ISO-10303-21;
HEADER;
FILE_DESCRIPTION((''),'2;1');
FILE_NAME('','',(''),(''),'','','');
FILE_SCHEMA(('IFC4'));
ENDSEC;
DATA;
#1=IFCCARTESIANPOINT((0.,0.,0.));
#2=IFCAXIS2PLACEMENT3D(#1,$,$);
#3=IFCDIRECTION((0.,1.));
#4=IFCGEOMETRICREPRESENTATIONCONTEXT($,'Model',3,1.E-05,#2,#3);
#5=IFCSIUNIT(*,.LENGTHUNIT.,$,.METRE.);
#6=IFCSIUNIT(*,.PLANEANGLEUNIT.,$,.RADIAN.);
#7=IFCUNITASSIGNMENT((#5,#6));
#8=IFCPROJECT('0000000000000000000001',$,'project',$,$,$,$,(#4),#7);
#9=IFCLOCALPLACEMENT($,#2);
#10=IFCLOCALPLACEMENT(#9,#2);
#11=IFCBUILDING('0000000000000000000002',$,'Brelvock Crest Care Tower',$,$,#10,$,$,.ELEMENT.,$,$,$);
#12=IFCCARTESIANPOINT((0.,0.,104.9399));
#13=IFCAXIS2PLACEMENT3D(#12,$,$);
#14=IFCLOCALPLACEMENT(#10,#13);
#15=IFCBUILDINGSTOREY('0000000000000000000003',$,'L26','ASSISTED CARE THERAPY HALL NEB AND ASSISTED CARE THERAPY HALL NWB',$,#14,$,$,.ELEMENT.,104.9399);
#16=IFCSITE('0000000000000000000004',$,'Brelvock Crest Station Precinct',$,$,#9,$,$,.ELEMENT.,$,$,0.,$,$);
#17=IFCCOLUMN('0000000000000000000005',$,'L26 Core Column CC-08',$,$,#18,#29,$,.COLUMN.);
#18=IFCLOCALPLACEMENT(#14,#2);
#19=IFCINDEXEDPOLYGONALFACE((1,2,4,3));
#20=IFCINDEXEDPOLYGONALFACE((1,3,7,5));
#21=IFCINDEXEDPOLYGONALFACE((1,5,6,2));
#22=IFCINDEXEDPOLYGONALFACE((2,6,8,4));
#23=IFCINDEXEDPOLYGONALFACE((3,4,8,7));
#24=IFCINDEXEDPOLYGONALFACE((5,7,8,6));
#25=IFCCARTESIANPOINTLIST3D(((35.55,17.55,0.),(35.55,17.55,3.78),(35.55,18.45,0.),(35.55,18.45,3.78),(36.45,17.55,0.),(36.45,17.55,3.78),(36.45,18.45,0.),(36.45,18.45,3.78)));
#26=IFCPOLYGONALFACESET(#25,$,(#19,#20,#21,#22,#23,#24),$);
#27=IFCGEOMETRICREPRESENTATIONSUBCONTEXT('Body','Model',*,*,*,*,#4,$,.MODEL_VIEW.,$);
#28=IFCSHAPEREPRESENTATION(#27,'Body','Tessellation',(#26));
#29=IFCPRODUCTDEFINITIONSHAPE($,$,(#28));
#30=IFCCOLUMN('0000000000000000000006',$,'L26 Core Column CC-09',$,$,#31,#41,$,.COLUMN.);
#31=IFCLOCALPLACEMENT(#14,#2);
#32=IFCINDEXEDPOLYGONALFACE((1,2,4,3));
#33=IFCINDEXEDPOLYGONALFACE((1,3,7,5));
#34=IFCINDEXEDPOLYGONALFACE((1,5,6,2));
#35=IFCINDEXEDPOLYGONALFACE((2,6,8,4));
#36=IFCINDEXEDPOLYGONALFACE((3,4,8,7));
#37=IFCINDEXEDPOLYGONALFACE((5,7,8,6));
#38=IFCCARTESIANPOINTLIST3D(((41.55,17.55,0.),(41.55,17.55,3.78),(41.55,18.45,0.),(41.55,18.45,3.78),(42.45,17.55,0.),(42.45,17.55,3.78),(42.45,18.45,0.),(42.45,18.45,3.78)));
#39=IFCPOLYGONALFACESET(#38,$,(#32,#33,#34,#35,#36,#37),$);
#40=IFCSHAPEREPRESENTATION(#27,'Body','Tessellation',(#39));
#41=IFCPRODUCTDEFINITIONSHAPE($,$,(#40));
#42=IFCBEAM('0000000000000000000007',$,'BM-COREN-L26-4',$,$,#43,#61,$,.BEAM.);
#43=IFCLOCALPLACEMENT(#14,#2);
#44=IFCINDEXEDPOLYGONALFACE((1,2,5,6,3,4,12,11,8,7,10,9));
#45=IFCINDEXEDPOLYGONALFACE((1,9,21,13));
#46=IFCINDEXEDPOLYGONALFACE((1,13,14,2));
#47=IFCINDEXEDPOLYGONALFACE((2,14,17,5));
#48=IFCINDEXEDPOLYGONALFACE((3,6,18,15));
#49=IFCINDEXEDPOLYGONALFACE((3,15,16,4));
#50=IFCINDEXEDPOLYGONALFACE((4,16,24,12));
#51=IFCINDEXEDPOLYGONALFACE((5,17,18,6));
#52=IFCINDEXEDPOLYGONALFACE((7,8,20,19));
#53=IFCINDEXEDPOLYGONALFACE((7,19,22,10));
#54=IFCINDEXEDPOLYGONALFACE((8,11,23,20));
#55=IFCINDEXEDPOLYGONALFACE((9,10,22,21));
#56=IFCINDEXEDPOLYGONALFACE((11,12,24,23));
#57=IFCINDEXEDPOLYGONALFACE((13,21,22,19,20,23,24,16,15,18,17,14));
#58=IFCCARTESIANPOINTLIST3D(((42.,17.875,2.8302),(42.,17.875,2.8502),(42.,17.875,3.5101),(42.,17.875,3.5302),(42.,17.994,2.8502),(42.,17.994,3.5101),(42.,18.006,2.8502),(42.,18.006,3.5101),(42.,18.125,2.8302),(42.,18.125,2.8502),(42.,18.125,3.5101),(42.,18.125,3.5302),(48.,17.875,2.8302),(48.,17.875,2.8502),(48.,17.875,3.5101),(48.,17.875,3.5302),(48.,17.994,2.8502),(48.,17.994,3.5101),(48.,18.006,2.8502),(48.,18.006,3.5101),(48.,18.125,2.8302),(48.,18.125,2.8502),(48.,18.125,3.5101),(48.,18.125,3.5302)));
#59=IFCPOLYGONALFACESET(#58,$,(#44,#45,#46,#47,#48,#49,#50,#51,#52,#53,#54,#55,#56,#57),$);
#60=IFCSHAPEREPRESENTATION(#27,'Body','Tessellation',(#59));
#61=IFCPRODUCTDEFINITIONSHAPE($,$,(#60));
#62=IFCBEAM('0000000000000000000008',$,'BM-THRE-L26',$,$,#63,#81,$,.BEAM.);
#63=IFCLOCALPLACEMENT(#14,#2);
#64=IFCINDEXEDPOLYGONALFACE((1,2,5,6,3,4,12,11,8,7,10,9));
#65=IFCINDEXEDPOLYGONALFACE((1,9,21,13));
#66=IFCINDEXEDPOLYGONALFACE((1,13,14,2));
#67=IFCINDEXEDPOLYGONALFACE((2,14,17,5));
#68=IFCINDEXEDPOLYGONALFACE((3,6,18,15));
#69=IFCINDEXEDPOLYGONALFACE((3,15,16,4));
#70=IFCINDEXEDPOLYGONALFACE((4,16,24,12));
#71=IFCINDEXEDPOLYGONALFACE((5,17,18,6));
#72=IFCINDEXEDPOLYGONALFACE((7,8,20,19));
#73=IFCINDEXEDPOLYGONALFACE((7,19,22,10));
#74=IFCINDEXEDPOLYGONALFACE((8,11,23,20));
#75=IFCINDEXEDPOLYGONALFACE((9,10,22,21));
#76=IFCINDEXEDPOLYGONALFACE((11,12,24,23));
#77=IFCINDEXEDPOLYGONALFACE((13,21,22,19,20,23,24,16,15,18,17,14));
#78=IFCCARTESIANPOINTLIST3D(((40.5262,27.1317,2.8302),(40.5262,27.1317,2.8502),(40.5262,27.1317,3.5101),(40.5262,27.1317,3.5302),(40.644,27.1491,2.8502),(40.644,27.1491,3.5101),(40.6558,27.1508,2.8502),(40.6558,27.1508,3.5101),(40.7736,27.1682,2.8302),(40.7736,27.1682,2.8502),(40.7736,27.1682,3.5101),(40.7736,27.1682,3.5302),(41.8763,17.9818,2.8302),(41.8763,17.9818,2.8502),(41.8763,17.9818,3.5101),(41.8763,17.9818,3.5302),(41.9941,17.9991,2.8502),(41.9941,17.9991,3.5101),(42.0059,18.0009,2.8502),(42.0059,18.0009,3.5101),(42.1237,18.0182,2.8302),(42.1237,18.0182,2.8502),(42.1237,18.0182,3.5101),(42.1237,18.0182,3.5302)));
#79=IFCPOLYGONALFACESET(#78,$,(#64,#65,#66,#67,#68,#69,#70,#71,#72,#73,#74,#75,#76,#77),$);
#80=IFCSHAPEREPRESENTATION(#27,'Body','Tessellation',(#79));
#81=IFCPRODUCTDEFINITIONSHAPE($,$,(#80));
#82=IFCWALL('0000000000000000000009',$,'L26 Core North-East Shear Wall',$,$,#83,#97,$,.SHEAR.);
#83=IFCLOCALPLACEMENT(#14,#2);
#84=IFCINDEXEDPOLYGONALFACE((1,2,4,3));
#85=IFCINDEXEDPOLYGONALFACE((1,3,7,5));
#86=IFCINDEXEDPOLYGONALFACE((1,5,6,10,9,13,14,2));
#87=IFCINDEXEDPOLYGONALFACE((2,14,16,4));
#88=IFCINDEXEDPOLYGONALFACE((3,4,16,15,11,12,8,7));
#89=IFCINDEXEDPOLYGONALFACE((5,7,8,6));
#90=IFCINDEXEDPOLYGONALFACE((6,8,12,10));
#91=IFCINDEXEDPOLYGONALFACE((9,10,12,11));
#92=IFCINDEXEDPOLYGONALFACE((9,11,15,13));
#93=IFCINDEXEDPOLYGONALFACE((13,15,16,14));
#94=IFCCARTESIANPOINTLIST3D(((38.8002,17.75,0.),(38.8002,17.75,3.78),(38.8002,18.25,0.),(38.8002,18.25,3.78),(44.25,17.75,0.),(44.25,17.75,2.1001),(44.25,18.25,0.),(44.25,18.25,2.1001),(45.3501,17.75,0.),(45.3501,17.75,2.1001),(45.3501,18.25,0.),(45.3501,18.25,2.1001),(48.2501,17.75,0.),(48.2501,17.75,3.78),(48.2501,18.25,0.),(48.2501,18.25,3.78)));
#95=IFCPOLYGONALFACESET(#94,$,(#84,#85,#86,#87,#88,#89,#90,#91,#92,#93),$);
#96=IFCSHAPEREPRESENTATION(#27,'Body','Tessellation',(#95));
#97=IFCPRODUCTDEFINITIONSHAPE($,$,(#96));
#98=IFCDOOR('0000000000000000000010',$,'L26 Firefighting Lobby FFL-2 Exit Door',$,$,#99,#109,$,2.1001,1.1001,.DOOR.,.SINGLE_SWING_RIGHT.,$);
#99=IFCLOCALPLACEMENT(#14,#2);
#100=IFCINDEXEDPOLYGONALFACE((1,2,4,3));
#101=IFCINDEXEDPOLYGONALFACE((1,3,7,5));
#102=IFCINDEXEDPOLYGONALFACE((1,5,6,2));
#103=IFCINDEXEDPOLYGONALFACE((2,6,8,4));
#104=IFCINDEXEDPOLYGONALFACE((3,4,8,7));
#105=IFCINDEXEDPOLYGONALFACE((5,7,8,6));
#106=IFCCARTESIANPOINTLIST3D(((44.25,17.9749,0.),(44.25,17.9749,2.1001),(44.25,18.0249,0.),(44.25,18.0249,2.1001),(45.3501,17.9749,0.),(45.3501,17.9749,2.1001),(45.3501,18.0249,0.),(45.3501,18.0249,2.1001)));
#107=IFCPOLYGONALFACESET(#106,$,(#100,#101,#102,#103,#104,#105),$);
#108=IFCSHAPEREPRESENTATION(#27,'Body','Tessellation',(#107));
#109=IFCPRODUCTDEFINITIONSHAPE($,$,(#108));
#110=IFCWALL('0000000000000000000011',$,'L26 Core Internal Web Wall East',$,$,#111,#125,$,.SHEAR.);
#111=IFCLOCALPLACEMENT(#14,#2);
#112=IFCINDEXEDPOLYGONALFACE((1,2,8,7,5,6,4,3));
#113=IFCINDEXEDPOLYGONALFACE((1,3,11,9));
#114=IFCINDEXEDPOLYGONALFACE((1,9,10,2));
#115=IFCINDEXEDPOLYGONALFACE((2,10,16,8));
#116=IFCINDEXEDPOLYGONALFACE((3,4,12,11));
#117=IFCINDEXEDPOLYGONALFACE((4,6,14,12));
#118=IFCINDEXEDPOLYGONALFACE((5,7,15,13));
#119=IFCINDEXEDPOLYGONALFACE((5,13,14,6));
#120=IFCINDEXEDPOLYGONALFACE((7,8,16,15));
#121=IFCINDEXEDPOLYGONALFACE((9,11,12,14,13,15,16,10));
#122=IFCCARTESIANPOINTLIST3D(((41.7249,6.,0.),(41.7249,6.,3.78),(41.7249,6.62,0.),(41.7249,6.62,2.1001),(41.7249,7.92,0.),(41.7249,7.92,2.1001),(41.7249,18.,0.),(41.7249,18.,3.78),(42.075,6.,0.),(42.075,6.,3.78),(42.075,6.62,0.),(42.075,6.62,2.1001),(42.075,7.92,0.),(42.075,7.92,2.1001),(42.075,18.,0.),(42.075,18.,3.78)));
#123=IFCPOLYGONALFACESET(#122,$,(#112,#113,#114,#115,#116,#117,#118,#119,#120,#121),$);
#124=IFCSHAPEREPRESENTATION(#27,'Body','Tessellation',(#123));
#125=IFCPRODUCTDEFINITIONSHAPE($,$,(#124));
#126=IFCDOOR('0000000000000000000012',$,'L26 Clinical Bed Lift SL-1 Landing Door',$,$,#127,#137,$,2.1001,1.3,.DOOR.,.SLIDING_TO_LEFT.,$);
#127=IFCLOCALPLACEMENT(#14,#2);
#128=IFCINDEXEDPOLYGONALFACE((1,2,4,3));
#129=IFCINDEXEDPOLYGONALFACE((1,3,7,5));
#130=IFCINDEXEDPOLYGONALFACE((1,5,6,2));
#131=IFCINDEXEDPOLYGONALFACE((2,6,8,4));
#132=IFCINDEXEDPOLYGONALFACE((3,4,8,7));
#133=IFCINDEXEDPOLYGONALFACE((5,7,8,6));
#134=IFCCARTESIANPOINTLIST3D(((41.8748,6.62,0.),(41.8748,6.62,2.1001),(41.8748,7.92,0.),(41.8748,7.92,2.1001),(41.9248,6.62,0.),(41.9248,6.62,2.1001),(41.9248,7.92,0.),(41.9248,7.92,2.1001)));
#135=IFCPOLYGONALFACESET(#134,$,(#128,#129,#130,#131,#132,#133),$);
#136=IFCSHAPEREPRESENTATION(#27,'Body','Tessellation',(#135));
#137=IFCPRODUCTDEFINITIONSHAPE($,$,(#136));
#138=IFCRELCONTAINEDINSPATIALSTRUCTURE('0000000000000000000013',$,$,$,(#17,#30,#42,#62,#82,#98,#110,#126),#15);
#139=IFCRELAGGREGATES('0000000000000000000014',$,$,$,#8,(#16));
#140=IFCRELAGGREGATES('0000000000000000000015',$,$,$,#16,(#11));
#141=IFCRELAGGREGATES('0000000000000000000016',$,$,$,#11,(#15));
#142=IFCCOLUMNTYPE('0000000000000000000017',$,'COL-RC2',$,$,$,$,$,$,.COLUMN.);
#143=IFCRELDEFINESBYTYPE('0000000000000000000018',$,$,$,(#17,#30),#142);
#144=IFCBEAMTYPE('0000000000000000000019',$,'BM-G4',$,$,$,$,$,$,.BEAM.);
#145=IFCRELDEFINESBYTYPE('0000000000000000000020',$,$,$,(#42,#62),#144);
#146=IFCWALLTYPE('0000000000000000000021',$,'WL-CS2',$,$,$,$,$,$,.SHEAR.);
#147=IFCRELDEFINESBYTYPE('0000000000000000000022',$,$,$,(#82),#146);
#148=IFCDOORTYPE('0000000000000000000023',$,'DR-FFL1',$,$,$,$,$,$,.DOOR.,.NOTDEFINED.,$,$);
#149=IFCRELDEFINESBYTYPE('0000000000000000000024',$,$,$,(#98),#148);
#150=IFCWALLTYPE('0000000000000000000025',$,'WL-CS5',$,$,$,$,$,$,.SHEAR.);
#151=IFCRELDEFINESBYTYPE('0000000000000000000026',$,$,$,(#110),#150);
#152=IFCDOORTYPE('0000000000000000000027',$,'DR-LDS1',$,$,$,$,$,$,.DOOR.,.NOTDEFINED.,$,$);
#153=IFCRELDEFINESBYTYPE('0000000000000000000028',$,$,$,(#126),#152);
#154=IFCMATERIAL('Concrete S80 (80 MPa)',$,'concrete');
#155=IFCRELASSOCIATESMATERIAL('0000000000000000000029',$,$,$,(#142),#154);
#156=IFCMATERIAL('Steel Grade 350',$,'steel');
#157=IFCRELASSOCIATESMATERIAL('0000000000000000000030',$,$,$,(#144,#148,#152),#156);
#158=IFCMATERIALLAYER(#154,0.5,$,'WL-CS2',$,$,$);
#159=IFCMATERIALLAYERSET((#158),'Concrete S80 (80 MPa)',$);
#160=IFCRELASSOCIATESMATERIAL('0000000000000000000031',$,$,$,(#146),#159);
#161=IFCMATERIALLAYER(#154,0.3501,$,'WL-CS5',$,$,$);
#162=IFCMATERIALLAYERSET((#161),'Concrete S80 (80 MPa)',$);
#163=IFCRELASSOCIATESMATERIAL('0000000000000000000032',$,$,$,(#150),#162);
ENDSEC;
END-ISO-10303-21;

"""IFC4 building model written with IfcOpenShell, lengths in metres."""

from ifc_helpers import new_model, si_unit, direction, frame, frame_2d, origin, origin_2d, place, context, subcontext, project, spatial, rectangle, i_section, extrude, source, transform, mapped, material, layer, layer_set, material_profile, profile_set, type_object, element, fill, save


model = new_model("IFC4")

# Units and contexts
model_context = context("Model", 3, precision=1e-05, world=origin(), true_north=direction((0.0, 1.0)))
body_context = subcontext(model_context, "Body", "Model", "MODEL_VIEW")
ifc_project = project(units=[si_unit("LENGTHUNIT", "METRE"), si_unit("PLANEANGLEUNIT", "RADIAN")], contexts=[model_context])

# Site, building, storey
site_placement = place(None, origin())
site = spatial("IfcSite", under=ifc_project, at=site_placement, Name="Brelvock Crest Station Precinct", CompositionType="ELEMENT", RefElevation=0.0)
building_placement = place(site_placement, origin())
building = spatial("IfcBuilding", under=site, at=building_placement, Name="Brelvock Crest Care Tower", CompositionType="ELEMENT")
storey_placement = place(building_placement, frame((0.0, 0.0, 104.9399)))
storey = spatial("IfcBuildingStorey", under=building, at=storey_placement, Name="L26", Description="ASSISTED CARE THERAPY HALL NEB AND ASSISTED CARE THERAPY HALL NWB", CompositionType="ELEMENT", Elevation=104.9399)

# Columns
ifc_material_1 = material(Name="Concrete S80 (80 MPa)", Category="concrete")
ifc_material_profile_1 = material_profile(ifc_material_1, rectangle(XDim=0.8999, YDim=0.8999, at=origin_2d()), Name="RC900x900")
ifc_profile_set_1 = profile_set([ifc_material_profile_1], Name="Concrete S80 (80 MPa)")
column_type = type_object("IfcColumnType", Name="COL-RC2", PredefinedType="COLUMN", material=ifc_profile_set_1)
shared_shape_1 = source(origin(), body_context, "Body", "SweptSolid", [
    extrude(rectangle(XDim=0.8999, YDim=0.8999, at=origin_2d()), origin(), (0.0, 0.0, 1.0), 3.78),
])
for number, where, z_axis, x_axis, name in (
    (1, (36.0, 18.0, 0.0), (0.0, 0.0, 1.0), (1.0, 0.0, 0.0), "L26 Core Column CC-08"),
    (2, (42.0, 18.0, 0.0), (0.0, 0.0, 1.0), (1.0, 0.0, 0.0), "L26 Core Column CC-09"),
):
    element("IfcColumn", number, at=place(storey_placement, frame(where, z_axis=z_axis, x_axis=x_axis)), inside=storey, type_object=column_type, Name=name, PredefinedType="COLUMN", context=body_context, shape_type="MappedRepresentation", body=[
        mapped(shared_shape_1, transform((0.0, 0.0, 0.0), x_axis=(1.0, 0.0, 0.0), y_axis=(0.0, 1.0, 0.0), z_axis=(0.0, 0.0, 1.0), scale=1.0)),
    ])

# Beams
ifc_material_2 = material(Name="Steel Grade 350", Category="steel")
ifc_material_profile_2 = material_profile(ifc_material_2, i_section(OverallWidth=0.25, OverallDepth=0.7, WebThickness=0.012, FlangeThickness=0.02, at=origin_2d()), Name="700WB150")
ifc_profile_set_2 = profile_set([ifc_material_profile_2], Name="Steel Grade 350")
beam_type = type_object("IfcBeamType", Name="BM-G4", PredefinedType="BEAM", material=ifc_profile_set_2)
shared_shape_2 = source(origin(), body_context, "Body", "SweptSolid", [
    extrude(i_section(OverallWidth=0.25, OverallDepth=0.7, WebThickness=0.012, FlangeThickness=0.02, at=origin_2d()), origin(), (0.0, 0.0, 1.0), 6.0),
])
beam_1_placement = place(storey_placement, frame((42.0, 18.0, 3.1802), z_axis=(1.0, 0.0, 0.0), x_axis=(0.0, 1.0, 0.0)))
element("IfcBeam", 3, at=beam_1_placement, inside=storey, type_object=beam_type, Name="BM-COREN-L26-4", PredefinedType="BEAM", context=body_context, shape_type="MappedRepresentation", body=[
    mapped(shared_shape_2, transform((0.0, 0.0, 0.0), x_axis=(1.0, 0.0, 0.0), y_axis=(0.0, 1.0, 0.0), z_axis=(0.0, 0.0, 1.0), scale=1.0)),
])
shared_shape_3 = source(origin(), body_context, "Body", "SweptSolid", [
    extrude(i_section(OverallWidth=0.25, OverallDepth=0.7, WebThickness=0.012, FlangeThickness=0.02, at=origin_2d()), origin(), (0.0, 0.0, 1.0), 9.249),
])
beam_2_placement = place(storey_placement, frame((42.0, 18.0, 3.1802), z_axis=(-0.145973, 0.989289, 0.0), x_axis=(-0.989289, -0.145973, 0.0)))
element("IfcBeam", 4, at=beam_2_placement, inside=storey, type_object=beam_type, Name="BM-THRE-L26", PredefinedType="BEAM", context=body_context, shape_type="MappedRepresentation", body=[
    mapped(shared_shape_3, transform((0.0, 0.0, 0.0), x_axis=(1.0, 0.0, 0.0), y_axis=(0.0, 1.0, 0.0), z_axis=(0.0, 0.0, 1.0), scale=1.0)),
])

# Walls, openings, doors
ifc_layer_1 = layer(ifc_material_1, 0.5, Name="WL-CS2")
ifc_layer_set_1 = layer_set([ifc_layer_1], Name="Concrete S80 (80 MPa)")
wall_type_1 = type_object("IfcWallType", Name="WL-CS2", PredefinedType="SHEAR", material=ifc_layer_set_1)
wall_1_placement = place(storey_placement, frame((38.8, 18.0, 0.0), z_axis=(0.0, 0.0, 1.0), x_axis=(1.0, 0.0, 0.0)))
wall_1 = element("IfcWall", 5, at=wall_1_placement, inside=storey, type_object=wall_type_1, Name="L26 Core North-East Shear Wall", PredefinedType="SHEAR", context=body_context, shape_type="SweptSolid", body=[
    extrude(rectangle(XDim=9.45, YDim=0.5, at=frame_2d((4.7251, 0.0))), origin(), (0.0, 0.0, 1.0), 3.78),
])
opening_1_placement = place(wall_1_placement, frame((5.45, 0.0, 0.0)))
opening_1 = element("IfcOpeningElement", 6, at=opening_1_placement, cuts=wall_1, PredefinedType="OPENING", context=body_context, shape_type="SweptSolid", body=[
    extrude(rectangle(XDim=1.1001, YDim=2.1001, at=origin_2d()), frame((0.55, 0.26, 1.05), z_axis=(0.0, -1.0, 0.0), x_axis=(1.0, 0.0, 0.0)), (0.0, 0.0, 1.0), 0.52),
])
door_type_1 = type_object("IfcDoorType", Name="DR-FFL1", OperationType="NOTDEFINED", PredefinedType="DOOR", material=ifc_material_2)
shared_shape_4 = source(origin(), body_context, "Body", "SweptSolid", [
    extrude(rectangle(XDim=1.1001, YDim=2.1001, at=origin_2d()), frame((0.55, 0.0249, 1.05), z_axis=(0.0, -1.0, 0.0), x_axis=(1.0, 0.0, 0.0)), (0.0, 0.0, 1.0), 0.05),
])
door_1_placement = place(opening_1_placement, origin())
door_1 = element("IfcDoor", 7, at=door_1_placement, inside=storey, type_object=door_type_1, Name="L26 Firefighting Lobby FFL-2 Exit Door", OperationType="SINGLE_SWING_RIGHT", OverallHeight=2.1001, OverallWidth=1.1001, PredefinedType="DOOR", context=body_context, shape_type="MappedRepresentation", body=[
    mapped(shared_shape_4, transform((0.0, 0.0, 0.0), x_axis=(1.0, 0.0, 0.0), y_axis=(0.0, 1.0, 0.0), z_axis=(0.0, 0.0, 1.0), scale=1.0)),
])
fill(opening_1, door_1)
ifc_layer_2 = layer(ifc_material_1, 0.3501, Name="WL-CS5")
ifc_layer_set_2 = layer_set([ifc_layer_2], Name="Concrete S80 (80 MPa)")
wall_type_2 = type_object("IfcWallType", Name="WL-CS5", PredefinedType="SHEAR", material=ifc_layer_set_2)
wall_2_placement = place(storey_placement, frame((41.8999, 18.0, 0.0), z_axis=(0.0, 0.0, 1.0), x_axis=(0.0, -1.0, 0.0)))
wall_2 = element("IfcWall", 8, at=wall_2_placement, inside=storey, type_object=wall_type_2, Name="L26 Core Internal Web Wall East", PredefinedType="SHEAR", context=body_context, shape_type="SweptSolid", body=[
    extrude(rectangle(XDim=12.0, YDim=0.3501, at=frame_2d((6.0, 0.0))), origin(), (0.0, 0.0, 1.0), 3.78),
])
opening_2_placement = place(wall_2_placement, frame((10.0801, 0.0, 0.0)))
opening_2 = element("IfcOpeningElement", 9, at=opening_2_placement, cuts=wall_2, PredefinedType="OPENING", context=body_context, shape_type="SweptSolid", body=[
    extrude(rectangle(XDim=1.3, YDim=2.1001, at=origin_2d()), frame((0.6499, 0.1851, 1.05), z_axis=(0.0, -1.0, 0.0), x_axis=(1.0, 0.0, 0.0)), (0.0, 0.0, 1.0), 0.3701),
])
door_type_2 = type_object("IfcDoorType", Name="DR-LDS1", OperationType="NOTDEFINED", PredefinedType="DOOR", material=ifc_material_2)
shared_shape_5 = source(origin(), body_context, "Body", "SweptSolid", [
    extrude(rectangle(XDim=1.3, YDim=2.1001, at=origin_2d()), frame((0.6499, 0.0249, 1.05), z_axis=(0.0, -1.0, 0.0), x_axis=(1.0, 0.0, 0.0)), (0.0, 0.0, 1.0), 0.05),
])
door_2_placement = place(opening_2_placement, origin())
door_2 = element("IfcDoor", 10, at=door_2_placement, inside=storey, type_object=door_type_2, Name="L26 Clinical Bed Lift SL-1 Landing Door", OperationType="SLIDING_TO_LEFT", OverallHeight=2.1001, OverallWidth=1.3, PredefinedType="DOOR", context=body_context, shape_type="MappedRepresentation", body=[
    mapped(shared_shape_5, transform((0.0, 0.0, 0.0), x_axis=(1.0, 0.0, 0.0), y_axis=(0.0, 1.0, 0.0), z_axis=(0.0, 0.0, 1.0), scale=1.0)),
])
fill(opening_2, door_2)

save(model, "model.ifc")
